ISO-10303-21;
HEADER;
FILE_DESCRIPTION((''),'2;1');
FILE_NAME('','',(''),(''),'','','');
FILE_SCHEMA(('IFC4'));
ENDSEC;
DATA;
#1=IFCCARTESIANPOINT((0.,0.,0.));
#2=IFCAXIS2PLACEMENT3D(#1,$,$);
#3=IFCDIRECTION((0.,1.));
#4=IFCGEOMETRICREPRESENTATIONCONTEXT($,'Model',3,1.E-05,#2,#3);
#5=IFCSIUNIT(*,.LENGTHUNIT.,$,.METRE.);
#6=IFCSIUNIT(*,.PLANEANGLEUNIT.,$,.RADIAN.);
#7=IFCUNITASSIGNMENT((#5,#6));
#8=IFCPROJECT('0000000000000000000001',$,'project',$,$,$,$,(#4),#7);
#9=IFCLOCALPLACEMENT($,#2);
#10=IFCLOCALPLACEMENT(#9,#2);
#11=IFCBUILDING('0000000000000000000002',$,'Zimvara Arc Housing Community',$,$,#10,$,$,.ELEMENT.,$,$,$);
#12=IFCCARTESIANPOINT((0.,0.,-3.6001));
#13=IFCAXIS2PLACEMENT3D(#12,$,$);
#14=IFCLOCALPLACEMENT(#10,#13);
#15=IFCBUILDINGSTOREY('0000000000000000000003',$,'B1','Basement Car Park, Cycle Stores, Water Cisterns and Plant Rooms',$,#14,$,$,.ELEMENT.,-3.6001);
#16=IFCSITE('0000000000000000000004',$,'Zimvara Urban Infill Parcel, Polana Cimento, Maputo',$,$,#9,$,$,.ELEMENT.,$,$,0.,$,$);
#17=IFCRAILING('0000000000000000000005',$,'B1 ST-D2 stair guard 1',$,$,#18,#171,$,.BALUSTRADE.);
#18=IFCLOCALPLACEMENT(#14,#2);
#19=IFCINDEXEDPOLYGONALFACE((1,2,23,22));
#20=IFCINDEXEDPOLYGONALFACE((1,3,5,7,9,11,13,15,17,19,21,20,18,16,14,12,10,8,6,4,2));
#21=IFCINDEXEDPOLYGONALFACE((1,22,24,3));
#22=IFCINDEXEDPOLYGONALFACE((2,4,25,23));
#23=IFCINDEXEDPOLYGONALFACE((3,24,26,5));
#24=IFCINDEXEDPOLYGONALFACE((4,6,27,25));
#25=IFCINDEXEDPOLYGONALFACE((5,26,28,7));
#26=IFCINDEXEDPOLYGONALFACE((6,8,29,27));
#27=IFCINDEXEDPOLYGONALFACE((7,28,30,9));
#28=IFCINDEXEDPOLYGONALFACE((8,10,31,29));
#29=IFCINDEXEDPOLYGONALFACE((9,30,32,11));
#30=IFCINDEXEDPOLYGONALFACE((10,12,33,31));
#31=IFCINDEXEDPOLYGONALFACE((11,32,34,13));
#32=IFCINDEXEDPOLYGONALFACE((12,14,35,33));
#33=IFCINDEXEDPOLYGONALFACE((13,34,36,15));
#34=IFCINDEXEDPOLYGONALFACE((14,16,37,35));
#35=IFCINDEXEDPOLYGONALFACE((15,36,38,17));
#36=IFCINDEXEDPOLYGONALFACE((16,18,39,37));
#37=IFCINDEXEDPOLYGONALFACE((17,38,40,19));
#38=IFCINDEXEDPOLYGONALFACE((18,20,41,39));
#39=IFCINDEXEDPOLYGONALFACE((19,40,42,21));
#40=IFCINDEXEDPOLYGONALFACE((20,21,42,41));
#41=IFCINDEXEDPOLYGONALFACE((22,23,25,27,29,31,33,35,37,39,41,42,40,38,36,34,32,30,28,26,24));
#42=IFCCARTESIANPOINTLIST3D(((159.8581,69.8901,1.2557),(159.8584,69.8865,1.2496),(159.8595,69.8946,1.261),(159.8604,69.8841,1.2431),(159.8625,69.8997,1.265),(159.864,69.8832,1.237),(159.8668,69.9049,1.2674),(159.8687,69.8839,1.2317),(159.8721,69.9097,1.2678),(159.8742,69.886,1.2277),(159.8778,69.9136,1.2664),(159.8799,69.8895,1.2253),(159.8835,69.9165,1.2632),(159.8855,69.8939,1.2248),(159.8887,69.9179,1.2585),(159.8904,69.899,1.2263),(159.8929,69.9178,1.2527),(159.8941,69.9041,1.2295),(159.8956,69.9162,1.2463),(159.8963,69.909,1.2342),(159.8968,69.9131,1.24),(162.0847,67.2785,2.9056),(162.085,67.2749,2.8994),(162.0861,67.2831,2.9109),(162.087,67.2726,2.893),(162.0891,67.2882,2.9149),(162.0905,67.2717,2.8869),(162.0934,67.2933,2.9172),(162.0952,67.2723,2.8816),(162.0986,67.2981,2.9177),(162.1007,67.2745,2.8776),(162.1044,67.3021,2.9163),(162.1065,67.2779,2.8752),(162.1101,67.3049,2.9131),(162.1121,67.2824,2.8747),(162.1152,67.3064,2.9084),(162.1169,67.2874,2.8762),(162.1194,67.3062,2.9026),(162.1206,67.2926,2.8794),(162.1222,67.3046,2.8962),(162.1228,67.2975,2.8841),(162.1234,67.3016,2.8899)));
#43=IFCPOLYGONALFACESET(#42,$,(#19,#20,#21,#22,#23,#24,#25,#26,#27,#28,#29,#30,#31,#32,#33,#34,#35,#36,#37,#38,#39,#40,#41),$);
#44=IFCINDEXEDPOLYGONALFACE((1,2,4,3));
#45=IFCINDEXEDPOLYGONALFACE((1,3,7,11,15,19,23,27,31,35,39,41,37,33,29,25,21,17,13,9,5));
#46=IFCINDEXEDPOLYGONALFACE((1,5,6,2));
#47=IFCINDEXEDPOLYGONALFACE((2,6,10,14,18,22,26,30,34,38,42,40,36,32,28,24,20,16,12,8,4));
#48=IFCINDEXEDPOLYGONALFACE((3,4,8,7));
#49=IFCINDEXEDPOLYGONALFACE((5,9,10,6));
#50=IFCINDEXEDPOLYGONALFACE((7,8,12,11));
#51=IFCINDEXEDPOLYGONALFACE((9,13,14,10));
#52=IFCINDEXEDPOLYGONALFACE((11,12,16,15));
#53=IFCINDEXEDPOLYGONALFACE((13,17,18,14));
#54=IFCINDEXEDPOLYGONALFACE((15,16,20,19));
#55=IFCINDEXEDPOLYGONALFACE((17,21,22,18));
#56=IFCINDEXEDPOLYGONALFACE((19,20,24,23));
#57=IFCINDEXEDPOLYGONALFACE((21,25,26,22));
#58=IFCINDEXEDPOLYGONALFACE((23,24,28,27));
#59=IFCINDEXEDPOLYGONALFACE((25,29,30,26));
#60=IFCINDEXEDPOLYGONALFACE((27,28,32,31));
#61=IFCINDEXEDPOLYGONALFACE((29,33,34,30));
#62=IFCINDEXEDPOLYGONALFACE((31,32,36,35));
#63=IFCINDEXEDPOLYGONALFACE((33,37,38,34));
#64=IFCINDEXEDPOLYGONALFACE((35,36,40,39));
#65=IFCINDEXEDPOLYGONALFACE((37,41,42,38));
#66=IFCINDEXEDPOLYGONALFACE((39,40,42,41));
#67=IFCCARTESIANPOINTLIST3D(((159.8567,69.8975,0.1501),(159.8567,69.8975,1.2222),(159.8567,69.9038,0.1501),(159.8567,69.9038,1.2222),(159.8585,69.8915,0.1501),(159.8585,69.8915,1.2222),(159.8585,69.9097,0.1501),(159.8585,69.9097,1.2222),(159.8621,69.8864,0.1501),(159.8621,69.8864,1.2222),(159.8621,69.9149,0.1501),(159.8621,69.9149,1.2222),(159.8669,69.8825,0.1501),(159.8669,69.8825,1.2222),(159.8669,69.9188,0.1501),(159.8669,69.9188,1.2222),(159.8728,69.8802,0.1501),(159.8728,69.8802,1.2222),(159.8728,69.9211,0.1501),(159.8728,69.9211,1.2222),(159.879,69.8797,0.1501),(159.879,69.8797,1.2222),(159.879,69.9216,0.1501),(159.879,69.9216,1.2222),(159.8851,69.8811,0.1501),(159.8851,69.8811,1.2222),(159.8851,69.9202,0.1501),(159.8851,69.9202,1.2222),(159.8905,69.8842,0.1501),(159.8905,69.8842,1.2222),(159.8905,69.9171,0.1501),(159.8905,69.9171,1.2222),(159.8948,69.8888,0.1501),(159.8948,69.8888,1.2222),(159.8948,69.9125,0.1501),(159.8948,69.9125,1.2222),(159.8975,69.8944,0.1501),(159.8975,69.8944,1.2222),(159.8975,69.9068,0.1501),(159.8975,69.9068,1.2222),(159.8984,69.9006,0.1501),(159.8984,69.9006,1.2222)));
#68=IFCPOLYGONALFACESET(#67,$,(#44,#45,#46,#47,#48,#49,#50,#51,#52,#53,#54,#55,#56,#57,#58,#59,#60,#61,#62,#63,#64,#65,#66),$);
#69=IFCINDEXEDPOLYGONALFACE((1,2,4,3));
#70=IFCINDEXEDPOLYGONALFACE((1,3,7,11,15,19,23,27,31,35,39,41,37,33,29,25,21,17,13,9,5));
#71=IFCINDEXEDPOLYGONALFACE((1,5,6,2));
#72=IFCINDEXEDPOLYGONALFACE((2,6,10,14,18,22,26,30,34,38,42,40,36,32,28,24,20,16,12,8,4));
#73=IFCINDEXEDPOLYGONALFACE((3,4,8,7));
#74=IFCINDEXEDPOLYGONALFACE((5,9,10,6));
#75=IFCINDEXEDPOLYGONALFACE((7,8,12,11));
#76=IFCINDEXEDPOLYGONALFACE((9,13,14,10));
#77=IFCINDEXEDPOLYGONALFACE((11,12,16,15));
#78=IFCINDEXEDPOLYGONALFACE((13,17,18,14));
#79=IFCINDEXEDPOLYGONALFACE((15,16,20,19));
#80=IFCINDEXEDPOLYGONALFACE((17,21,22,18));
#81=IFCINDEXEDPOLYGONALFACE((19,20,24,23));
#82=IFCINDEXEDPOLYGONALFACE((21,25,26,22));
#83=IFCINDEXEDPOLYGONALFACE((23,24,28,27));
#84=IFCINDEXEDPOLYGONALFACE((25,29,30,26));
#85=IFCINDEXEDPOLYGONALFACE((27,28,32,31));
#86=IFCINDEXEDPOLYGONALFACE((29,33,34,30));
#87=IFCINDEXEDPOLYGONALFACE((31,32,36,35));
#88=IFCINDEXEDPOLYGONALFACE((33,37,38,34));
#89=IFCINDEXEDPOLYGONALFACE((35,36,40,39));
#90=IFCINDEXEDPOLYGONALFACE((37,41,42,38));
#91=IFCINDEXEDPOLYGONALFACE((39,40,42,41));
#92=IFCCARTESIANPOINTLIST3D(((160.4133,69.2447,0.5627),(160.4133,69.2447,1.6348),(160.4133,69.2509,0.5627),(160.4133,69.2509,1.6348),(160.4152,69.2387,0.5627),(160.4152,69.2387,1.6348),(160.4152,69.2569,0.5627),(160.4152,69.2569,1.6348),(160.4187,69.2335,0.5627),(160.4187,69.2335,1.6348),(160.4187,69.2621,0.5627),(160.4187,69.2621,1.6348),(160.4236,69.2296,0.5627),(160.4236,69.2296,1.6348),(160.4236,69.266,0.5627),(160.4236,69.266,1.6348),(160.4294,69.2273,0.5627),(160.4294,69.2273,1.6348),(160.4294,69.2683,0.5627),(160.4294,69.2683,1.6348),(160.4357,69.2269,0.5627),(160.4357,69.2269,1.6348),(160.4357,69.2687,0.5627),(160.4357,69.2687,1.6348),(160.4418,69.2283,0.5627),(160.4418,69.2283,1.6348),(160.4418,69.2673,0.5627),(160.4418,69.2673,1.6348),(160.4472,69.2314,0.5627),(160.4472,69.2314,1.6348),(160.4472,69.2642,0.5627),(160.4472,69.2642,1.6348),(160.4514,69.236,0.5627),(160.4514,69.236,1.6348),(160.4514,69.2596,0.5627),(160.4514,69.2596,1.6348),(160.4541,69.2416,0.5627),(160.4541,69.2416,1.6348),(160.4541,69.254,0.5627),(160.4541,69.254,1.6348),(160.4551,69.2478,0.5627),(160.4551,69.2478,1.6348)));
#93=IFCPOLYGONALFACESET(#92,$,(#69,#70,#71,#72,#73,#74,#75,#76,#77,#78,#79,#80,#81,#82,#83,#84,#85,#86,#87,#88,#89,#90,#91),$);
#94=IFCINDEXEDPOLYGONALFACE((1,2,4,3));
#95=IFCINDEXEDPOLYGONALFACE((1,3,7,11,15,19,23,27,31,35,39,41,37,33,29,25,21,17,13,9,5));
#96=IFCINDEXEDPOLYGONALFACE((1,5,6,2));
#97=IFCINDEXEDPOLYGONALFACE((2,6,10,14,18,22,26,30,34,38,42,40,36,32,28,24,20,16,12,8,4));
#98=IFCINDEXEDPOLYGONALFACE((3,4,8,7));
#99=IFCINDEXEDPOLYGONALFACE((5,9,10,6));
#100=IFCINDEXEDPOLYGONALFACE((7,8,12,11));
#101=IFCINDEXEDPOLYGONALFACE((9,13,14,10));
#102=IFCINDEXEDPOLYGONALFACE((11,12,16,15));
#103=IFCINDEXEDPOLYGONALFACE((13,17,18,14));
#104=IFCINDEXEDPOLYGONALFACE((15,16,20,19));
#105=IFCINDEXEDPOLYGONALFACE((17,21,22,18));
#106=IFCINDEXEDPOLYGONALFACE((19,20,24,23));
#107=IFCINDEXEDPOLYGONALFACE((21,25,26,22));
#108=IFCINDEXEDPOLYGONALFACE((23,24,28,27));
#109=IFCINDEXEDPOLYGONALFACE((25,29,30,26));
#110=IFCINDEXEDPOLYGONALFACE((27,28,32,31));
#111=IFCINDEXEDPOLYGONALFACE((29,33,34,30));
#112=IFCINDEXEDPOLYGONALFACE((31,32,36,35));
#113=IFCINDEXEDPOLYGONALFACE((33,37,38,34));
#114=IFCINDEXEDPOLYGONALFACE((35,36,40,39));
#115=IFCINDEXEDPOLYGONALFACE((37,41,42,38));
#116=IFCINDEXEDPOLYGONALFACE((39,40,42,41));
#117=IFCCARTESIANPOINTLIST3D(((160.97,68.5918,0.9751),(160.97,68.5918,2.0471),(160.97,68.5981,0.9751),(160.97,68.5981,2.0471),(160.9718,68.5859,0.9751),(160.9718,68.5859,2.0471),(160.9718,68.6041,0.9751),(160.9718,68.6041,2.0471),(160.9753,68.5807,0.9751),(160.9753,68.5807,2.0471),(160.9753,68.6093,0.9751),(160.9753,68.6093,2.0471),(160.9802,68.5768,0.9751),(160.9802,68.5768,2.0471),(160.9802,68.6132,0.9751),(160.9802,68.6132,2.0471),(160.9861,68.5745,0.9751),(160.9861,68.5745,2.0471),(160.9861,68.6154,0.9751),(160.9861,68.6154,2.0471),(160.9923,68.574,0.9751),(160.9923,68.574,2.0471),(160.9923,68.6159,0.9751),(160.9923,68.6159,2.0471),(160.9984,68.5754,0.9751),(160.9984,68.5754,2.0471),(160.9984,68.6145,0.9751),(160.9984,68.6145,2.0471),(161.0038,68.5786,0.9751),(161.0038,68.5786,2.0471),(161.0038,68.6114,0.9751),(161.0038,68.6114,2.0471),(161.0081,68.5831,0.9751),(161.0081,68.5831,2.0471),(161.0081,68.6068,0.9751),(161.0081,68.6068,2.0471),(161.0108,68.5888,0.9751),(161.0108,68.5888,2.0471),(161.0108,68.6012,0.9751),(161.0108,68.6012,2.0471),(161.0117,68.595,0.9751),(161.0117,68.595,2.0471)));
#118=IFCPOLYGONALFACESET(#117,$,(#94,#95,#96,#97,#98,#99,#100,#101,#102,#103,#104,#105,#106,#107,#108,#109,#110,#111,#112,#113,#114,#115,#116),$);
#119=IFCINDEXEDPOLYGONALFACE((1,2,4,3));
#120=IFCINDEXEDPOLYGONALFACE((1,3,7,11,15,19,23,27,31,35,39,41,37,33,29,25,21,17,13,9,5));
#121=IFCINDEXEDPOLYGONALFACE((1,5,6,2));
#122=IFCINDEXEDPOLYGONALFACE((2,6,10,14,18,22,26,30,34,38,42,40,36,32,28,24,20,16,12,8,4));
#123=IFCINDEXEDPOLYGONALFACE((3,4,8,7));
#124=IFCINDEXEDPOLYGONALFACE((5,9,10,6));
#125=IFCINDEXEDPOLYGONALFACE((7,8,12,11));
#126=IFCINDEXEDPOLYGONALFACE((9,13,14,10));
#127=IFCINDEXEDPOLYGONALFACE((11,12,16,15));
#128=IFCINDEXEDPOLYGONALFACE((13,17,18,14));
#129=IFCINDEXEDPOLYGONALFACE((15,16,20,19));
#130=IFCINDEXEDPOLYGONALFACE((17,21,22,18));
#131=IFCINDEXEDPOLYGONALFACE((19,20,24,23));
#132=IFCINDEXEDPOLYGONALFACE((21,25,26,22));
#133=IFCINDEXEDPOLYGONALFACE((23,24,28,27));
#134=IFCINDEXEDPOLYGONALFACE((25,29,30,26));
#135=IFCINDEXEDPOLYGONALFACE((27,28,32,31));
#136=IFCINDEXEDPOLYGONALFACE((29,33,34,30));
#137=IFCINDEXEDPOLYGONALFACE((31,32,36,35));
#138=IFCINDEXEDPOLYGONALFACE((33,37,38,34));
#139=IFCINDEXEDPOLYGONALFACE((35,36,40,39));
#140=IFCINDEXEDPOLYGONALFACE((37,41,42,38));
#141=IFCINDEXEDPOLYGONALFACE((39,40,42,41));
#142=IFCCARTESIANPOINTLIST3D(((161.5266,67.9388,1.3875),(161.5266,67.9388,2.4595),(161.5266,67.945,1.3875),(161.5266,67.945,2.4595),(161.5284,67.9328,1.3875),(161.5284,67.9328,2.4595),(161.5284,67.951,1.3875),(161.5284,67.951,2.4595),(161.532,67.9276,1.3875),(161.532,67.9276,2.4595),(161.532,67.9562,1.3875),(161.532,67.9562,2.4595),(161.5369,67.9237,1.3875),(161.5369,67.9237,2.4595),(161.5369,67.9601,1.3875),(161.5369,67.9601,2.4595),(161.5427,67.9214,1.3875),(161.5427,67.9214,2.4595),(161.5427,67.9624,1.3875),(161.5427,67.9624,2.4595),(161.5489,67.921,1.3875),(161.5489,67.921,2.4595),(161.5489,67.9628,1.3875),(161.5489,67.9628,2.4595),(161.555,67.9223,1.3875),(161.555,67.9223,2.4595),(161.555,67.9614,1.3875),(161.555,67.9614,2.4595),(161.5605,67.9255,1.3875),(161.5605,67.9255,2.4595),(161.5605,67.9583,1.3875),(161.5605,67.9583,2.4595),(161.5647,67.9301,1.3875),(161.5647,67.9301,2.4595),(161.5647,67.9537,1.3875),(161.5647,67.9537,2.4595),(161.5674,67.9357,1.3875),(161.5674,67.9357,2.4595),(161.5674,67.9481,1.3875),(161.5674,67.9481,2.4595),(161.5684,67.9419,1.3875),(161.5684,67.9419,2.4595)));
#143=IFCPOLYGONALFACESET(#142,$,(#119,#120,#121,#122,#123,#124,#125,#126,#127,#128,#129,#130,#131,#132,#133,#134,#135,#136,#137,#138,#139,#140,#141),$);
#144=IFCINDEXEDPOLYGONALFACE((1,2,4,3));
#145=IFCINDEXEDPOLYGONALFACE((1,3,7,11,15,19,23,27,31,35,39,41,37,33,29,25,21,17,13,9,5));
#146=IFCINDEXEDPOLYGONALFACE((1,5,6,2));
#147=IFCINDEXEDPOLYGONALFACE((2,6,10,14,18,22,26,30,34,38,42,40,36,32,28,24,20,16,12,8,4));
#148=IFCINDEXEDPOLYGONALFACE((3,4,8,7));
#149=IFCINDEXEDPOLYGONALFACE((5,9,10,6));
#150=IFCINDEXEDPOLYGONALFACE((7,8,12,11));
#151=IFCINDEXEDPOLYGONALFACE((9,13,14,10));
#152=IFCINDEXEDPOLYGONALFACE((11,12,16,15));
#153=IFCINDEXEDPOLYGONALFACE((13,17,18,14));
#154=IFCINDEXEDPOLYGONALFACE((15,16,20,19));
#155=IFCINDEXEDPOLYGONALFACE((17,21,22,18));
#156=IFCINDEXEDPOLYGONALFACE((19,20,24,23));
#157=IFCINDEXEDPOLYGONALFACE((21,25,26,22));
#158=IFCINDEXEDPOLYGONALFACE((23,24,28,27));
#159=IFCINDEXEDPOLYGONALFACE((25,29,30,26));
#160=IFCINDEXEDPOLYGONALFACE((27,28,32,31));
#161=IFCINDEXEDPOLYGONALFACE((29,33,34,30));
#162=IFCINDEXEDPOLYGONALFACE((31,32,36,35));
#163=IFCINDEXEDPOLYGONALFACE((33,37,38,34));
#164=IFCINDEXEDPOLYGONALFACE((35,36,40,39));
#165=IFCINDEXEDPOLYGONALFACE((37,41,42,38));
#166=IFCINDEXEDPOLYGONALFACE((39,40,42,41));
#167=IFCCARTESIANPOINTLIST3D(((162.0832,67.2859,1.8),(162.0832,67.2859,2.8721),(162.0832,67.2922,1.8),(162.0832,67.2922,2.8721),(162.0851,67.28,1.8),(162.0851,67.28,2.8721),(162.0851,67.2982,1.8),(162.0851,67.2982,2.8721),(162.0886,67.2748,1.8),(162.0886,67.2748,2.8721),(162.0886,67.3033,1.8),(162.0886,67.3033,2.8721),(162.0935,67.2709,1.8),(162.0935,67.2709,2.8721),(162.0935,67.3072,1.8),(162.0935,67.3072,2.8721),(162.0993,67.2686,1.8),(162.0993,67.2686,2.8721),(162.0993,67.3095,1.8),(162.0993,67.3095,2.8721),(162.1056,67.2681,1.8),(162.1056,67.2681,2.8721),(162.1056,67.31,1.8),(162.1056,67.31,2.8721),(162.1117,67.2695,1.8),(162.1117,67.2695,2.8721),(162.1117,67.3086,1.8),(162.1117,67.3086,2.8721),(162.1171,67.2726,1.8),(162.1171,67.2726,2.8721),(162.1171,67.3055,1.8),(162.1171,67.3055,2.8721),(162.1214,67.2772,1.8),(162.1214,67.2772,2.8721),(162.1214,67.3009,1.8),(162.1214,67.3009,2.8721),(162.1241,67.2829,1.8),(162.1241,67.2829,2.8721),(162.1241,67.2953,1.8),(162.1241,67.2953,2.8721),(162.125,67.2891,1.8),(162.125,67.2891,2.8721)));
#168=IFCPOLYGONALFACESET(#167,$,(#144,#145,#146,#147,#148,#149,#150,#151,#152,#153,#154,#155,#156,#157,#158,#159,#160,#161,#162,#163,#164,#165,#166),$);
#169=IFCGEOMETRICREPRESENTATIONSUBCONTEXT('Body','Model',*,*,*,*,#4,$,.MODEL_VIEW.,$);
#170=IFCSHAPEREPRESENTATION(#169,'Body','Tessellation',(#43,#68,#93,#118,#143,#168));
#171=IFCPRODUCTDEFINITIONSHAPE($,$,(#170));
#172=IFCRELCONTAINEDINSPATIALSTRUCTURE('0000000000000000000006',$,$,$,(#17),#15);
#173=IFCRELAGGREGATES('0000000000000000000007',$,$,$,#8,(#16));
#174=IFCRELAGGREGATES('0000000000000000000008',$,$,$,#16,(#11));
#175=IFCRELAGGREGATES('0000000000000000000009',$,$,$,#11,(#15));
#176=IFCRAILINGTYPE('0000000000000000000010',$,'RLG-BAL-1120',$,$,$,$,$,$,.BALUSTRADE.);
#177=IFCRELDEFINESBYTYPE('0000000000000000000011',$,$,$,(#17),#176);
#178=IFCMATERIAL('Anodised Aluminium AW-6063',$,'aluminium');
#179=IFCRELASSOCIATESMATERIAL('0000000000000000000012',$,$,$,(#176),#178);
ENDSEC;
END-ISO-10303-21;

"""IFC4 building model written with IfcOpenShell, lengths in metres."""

from ifc_helpers import new_model, si_unit, direction, frame, origin, origin_2d, place, context, subcontext, project, spatial, circle, extrude, material, type_object, element, save


model = new_model("IFC4")

# Units and contexts
model_context = context("Model", 3, precision=1e-05, world=origin(), true_north=direction((0.0, 1.0)))
body_context = subcontext(model_context, "Body", "Model", "MODEL_VIEW")
ifc_project = project(units=[si_unit("LENGTHUNIT", "METRE"), si_unit("PLANEANGLEUNIT", "RADIAN")], contexts=[model_context])

# Site, building, storey
site_placement = place(None, origin())
site = spatial("IfcSite", under=ifc_project, at=site_placement, Name="Zimvara Urban Infill Parcel, Polana Cimento, Maputo", CompositionType="ELEMENT", RefElevation=0.0)
building_placement = place(site_placement, origin())
building = spatial("IfcBuilding", under=site, at=building_placement, Name="Zimvara Arc Housing Community", CompositionType="ELEMENT")
storey_placement = place(building_placement, frame((0.0, 0.0, -3.6001)))
storey = spatial("IfcBuildingStorey", under=building, at=storey_placement, Name="B1", Description="Basement Car Park, Cycle Stores, Water Cisterns and Plant Rooms", CompositionType="ELEMENT", Elevation=-3.6001)

# Railing
ifc_material_1 = material(Name="Anodised Aluminium AW-6063", Category="aluminium")
railing_type_1 = type_object("IfcRailingType", Name="RLG-BAL-1120", PredefinedType="BALUSTRADE", material=ifc_material_1)
railing_1_placement = place(storey_placement, frame((159.8774, 69.9006, 0.1501)))
element("IfcRailing", 1, at=railing_1_placement, inside=storey, type_object=railing_type_1, Name="B1 ST-D2 stair guard 1", PredefinedType="BALUSTRADE", context=body_context, shape_type="SweptSolid", body=[
    extrude(circle(Radius=0.0239, at=origin_2d()), frame((0.0, 0.0, 1.0962), z_axis=(0.584723, -0.685831, 0.433285), x_axis=(0.760971, 0.648786, 0.0)), (0.0, 0.0, 1.0), 3.8079),
    extrude(circle(Radius=0.021, at=origin_2d()), origin(), (0.0, 0.0, 1.0), 1.072),
    extrude(circle(Radius=0.021, at=origin_2d()), frame((0.5566, -0.6528, 0.4126)), (0.0, 0.0, 1.0), 1.072),
    extrude(circle(Radius=0.021, at=origin_2d()), frame((1.1133, -1.3057, 0.825)), (0.0, 0.0, 1.0), 1.072),
    extrude(circle(Radius=0.021, at=origin_2d()), frame((1.6699, -1.9587, 1.2373)), (0.0, 0.0, 1.0), 1.072),
    extrude(circle(Radius=0.021, at=origin_2d()), frame((2.2266, -2.6116, 1.6499)), (0.0, 0.0, 1.0), 1.072),
])

save(model, "model.ifc")
